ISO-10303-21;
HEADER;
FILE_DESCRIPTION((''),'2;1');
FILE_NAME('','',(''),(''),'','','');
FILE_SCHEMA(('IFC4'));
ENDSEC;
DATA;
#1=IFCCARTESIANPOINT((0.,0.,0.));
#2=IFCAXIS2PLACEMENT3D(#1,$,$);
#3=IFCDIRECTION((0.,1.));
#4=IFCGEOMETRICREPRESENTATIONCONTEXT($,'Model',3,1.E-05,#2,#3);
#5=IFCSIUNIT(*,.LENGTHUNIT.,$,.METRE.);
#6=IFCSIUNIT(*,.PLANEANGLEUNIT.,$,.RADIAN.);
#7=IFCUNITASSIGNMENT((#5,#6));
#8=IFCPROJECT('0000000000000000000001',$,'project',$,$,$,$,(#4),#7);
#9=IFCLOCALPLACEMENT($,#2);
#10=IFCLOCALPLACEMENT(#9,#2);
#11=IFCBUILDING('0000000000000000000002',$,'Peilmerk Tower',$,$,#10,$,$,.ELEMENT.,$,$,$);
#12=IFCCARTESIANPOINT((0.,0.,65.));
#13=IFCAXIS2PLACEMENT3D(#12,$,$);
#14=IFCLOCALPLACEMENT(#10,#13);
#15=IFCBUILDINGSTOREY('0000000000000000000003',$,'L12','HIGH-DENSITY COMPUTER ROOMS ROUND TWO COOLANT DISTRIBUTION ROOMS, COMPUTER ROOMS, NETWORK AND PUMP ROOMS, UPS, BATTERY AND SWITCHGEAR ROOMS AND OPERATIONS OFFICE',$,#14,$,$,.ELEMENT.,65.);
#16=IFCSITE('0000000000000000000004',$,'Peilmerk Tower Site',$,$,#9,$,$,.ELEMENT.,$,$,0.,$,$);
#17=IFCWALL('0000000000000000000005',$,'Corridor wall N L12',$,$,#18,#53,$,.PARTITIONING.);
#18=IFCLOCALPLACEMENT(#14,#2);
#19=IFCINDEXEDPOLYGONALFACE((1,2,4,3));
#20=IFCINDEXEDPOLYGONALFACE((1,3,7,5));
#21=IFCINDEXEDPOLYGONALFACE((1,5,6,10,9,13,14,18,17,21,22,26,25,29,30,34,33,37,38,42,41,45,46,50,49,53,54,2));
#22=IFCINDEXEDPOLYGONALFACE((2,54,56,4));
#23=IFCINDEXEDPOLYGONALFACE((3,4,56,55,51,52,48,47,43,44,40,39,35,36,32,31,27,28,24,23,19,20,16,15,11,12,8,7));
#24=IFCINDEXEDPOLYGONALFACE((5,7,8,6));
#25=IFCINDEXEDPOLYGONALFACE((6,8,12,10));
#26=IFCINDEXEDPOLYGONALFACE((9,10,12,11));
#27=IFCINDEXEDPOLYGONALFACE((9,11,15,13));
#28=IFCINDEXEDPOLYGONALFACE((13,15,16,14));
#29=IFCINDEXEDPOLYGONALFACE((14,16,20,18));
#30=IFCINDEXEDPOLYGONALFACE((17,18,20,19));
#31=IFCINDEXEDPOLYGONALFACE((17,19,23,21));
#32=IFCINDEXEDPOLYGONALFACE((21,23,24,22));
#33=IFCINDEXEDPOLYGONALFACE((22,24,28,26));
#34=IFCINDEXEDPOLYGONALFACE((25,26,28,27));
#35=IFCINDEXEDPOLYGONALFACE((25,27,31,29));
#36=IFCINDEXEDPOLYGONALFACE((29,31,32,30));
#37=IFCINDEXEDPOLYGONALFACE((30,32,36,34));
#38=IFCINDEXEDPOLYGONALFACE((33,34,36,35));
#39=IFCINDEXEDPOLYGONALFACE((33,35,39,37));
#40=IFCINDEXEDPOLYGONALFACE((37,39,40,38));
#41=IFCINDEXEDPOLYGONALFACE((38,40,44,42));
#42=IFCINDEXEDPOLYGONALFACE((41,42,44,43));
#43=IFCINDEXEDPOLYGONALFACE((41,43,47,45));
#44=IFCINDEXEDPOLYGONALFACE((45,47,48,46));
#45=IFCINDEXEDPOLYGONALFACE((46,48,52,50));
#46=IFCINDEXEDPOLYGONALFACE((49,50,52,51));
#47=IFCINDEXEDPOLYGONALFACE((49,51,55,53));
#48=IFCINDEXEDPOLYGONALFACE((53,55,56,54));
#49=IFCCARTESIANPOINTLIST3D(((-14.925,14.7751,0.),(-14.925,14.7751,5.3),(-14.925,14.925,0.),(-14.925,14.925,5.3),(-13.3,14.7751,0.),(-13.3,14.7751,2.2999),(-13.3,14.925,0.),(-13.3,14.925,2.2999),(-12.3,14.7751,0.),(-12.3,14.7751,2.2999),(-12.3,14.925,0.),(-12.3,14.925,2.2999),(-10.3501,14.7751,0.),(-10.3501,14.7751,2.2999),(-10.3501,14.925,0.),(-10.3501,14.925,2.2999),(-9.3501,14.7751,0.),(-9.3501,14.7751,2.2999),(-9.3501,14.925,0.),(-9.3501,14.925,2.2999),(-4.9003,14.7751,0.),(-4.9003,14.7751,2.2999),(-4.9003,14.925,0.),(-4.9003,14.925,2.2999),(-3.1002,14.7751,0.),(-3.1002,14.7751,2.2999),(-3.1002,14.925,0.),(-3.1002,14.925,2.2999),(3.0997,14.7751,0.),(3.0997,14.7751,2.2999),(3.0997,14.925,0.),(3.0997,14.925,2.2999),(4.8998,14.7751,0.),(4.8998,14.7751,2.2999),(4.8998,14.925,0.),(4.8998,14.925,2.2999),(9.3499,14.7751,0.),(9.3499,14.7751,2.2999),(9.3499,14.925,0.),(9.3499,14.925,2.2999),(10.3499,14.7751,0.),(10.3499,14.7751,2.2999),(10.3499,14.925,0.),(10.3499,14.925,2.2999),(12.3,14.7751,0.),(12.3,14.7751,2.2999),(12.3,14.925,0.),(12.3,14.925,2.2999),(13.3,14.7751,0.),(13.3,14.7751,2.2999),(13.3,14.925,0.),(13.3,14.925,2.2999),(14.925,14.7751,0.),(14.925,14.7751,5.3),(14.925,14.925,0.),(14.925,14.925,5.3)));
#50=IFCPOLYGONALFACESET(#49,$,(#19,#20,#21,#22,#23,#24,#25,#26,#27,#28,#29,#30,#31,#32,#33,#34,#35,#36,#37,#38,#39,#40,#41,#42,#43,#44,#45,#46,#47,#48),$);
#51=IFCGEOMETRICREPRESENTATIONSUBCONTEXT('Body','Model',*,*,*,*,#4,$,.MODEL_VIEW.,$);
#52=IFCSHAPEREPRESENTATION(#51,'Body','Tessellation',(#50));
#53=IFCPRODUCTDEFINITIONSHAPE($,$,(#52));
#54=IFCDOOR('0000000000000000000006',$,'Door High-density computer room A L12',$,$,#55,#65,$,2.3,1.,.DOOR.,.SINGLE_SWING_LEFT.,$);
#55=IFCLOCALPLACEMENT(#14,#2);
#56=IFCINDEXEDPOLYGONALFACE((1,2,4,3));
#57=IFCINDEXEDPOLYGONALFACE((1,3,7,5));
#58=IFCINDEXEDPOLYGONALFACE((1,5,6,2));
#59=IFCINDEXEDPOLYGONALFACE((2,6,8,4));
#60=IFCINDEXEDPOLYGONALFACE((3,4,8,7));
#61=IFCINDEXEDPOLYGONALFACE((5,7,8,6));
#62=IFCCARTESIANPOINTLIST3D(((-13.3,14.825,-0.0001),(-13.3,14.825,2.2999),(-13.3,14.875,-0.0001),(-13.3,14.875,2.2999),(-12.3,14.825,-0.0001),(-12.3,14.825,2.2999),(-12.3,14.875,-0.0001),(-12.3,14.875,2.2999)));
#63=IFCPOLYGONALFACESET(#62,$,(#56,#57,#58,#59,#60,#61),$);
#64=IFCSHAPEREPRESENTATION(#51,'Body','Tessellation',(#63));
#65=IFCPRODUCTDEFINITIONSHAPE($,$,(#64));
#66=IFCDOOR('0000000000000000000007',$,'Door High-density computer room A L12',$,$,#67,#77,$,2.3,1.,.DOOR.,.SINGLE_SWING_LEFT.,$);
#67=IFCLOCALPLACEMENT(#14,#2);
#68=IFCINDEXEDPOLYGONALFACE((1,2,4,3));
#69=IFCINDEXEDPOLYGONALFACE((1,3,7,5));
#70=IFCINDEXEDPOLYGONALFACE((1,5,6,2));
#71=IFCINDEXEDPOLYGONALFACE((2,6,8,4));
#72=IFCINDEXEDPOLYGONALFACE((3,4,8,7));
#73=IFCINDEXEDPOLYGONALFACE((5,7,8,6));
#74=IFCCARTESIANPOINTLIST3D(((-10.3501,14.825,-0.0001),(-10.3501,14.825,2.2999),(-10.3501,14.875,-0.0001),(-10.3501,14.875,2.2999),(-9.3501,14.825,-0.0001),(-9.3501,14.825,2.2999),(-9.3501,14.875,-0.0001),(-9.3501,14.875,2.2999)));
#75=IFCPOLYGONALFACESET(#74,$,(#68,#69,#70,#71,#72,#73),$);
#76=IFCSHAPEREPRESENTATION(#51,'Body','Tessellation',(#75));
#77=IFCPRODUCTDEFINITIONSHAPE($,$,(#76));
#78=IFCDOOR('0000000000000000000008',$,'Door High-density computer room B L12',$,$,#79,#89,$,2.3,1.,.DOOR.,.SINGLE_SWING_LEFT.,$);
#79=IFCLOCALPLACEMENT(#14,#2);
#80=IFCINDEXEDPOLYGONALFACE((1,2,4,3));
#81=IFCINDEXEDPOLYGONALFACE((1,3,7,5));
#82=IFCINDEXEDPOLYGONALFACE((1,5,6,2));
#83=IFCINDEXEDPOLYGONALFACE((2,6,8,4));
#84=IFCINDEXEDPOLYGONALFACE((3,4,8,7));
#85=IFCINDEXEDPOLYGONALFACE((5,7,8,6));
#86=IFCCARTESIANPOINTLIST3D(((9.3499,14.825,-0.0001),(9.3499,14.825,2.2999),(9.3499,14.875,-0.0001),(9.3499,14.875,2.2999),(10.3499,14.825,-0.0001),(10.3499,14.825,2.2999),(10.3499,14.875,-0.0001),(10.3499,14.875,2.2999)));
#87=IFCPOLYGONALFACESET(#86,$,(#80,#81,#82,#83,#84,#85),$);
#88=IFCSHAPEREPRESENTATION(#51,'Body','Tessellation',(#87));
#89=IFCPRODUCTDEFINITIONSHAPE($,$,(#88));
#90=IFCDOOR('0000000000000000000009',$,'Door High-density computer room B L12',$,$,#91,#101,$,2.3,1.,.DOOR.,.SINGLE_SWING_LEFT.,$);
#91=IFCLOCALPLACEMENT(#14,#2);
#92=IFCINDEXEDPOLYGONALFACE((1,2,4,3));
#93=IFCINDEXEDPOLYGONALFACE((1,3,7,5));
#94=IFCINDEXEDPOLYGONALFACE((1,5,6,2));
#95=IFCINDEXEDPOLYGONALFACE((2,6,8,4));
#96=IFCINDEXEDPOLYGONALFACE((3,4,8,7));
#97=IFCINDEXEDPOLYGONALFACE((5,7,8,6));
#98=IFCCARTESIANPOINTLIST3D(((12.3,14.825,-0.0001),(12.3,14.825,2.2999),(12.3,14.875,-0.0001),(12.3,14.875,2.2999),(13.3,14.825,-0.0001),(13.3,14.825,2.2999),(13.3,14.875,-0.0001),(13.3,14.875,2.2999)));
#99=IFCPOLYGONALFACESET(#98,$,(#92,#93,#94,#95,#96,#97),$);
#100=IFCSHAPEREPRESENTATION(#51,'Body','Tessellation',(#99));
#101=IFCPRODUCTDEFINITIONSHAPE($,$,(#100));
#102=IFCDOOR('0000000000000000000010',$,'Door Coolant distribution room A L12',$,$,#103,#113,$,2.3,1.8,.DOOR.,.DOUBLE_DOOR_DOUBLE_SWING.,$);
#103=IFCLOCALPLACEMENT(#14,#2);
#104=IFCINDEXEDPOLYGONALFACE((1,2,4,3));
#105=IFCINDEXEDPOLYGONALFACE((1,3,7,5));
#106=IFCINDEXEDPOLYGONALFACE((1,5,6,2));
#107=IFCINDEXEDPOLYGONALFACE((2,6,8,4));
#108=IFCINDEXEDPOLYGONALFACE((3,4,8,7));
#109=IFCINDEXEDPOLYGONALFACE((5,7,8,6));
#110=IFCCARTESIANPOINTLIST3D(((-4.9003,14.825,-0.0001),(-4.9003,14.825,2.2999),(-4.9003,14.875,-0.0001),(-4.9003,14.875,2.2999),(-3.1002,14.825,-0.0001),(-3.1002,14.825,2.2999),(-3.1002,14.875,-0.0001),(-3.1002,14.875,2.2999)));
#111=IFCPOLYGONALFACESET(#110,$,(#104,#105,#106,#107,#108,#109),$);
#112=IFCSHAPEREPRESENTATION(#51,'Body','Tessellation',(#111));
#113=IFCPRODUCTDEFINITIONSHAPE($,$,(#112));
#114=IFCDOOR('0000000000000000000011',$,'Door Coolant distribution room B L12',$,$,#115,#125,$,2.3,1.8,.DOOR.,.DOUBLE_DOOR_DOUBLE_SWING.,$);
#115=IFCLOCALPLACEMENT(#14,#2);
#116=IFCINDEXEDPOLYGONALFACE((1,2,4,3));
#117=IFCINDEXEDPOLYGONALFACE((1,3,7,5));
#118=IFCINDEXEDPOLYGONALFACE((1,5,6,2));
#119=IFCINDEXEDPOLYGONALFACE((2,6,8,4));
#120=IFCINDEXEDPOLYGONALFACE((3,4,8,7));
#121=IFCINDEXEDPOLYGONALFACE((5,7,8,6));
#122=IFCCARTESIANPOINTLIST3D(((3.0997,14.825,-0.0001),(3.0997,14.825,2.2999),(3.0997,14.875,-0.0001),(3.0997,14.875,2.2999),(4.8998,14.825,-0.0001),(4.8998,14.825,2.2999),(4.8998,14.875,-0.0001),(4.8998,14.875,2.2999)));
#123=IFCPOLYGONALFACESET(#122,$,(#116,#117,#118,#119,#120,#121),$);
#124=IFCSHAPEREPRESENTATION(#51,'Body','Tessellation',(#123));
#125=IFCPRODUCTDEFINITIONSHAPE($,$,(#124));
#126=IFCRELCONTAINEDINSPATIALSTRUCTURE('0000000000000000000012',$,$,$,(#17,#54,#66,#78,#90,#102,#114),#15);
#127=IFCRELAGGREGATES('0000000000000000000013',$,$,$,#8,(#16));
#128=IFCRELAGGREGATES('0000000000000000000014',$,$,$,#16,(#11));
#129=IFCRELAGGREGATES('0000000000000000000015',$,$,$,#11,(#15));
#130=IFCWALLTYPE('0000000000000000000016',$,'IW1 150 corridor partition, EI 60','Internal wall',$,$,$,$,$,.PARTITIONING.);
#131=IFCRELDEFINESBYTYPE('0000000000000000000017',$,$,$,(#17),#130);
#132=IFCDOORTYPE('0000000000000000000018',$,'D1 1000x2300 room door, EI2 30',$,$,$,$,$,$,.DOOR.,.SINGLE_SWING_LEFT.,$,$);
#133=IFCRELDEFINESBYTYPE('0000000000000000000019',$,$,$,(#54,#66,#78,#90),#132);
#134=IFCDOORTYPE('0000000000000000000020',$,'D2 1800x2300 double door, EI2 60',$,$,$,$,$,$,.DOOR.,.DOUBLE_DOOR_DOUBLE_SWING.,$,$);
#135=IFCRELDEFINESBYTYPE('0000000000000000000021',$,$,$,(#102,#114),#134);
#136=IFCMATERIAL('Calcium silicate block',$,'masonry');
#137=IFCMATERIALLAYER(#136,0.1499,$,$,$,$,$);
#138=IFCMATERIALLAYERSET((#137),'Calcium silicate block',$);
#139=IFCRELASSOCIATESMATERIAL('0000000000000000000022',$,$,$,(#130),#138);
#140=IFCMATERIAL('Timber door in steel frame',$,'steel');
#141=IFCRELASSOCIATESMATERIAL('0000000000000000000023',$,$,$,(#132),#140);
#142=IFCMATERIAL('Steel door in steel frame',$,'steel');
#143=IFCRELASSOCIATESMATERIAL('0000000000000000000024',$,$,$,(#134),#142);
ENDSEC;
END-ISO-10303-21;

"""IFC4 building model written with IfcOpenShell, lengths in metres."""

from ifc_helpers import new_model, si_unit, direction, frame, frame_2d, origin, place, context, subcontext, project, spatial, rectangle, extrude, material, layer, layer_set, type_object, element, fill, save


model = new_model("IFC4")

# Units and contexts
model_context = context("Model", 3, precision=1e-05, world=origin(), true_north=direction((0.0, 1.0)))
body_context = subcontext(model_context, "Body", "Model", "MODEL_VIEW")
ifc_project = project(units=[si_unit("LENGTHUNIT", "METRE"), si_unit("PLANEANGLEUNIT", "RADIAN")], contexts=[model_context])

# Site, building, storey
site_placement = place(None, origin())
site = spatial("IfcSite", under=ifc_project, at=site_placement, Name="Peilmerk Tower Site", CompositionType="ELEMENT", RefElevation=0.0)
building_placement = place(site_placement, origin())
building = spatial("IfcBuilding", under=site, at=building_placement, Name="Peilmerk Tower", CompositionType="ELEMENT")
storey_placement = place(building_placement, frame((0.0, 0.0, 65.0)))
storey = spatial("IfcBuildingStorey", under=building, at=storey_placement, Name="L12", Description="HIGH-DENSITY COMPUTER ROOMS ROUND TWO COOLANT DISTRIBUTION ROOMS, COMPUTER ROOMS, NETWORK AND PUMP ROOMS, UPS, BATTERY AND SWITCHGEAR ROOMS AND OPERATIONS OFFICE", CompositionType="ELEMENT", Elevation=65.0)

# Wall, openings, doors
ifc_material_1 = material(Name="Calcium silicate block", Category="masonry")
ifc_layer_1 = layer(ifc_material_1, 0.1499)
ifc_layer_set_1 = layer_set([ifc_layer_1], Name="Calcium silicate block")
wall_type_1 = type_object("IfcWallType", Name="IW1 150 corridor partition, EI 60", Description="Internal wall", PredefinedType="PARTITIONING", material=ifc_layer_set_1)
wall_1_placement = place(storey_placement, frame((-14.925, 14.8501, 0.0), z_axis=(0.0, 0.0, 1.0), x_axis=(1.0, 0.0, 0.0)))
wall_1 = element("IfcWall", 1, at=wall_1_placement, inside=storey, type_object=wall_type_1, Name="Corridor wall N L12", PredefinedType="PARTITIONING", context=body_context, shape_type="SweptSolid", body=[
    extrude(rectangle(XDim=29.8501, YDim=0.1499, at=frame_2d((14.925, 0.0))), origin(), (0.0, 0.0, 1.0), 5.3),
])
opening_1_placement = place(wall_1_placement, frame((1.625, 0.0, 0.0)))
opening_1 = element("IfcOpeningElement", 2, at=opening_1_placement, cuts=wall_1, PredefinedType="OPENING", context=body_context, shape_type="SweptSolid", body=[
    extrude(rectangle(XDim=1.0, YDim=2.3, at=frame_2d((0.5, 1.1499))), frame((0.0, 0.085, 0.0), z_axis=(0.0, -1.0, 0.0), x_axis=(1.0, 0.0, 0.0)), (0.0, 0.0, 1.0), 0.1699),
])
opening_2_placement = place(wall_1_placement, frame((4.575, 0.0, 0.0)))
opening_2 = element("IfcOpeningElement", 3, at=opening_2_placement, cuts=wall_1, PredefinedType="OPENING", context=body_context, shape_type="SweptSolid", body=[
    extrude(rectangle(XDim=1.0, YDim=2.3, at=frame_2d((0.5, 1.1499))), frame((0.0, 0.085, 0.0), z_axis=(0.0, -1.0, 0.0), x_axis=(1.0, 0.0, 0.0)), (0.0, 0.0, 1.0), 0.1699),
])
opening_3_placement = place(wall_1_placement, frame((10.0249, 0.0, 0.0)))
opening_3 = element("IfcOpeningElement", 4, at=opening_3_placement, cuts=wall_1, PredefinedType="OPENING", context=body_context, shape_type="SweptSolid", body=[
    extrude(rectangle(XDim=1.8, YDim=2.3, at=frame_2d((0.8999, 1.1499))), frame((0.0, 0.085, 0.0), z_axis=(0.0, -1.0, 0.0), x_axis=(1.0, 0.0, 0.0)), (0.0, 0.0, 1.0), 0.1699),
])
opening_4_placement = place(wall_1_placement, frame((18.0249, 0.0, 0.0)))
opening_4 = element("IfcOpeningElement", 5, at=opening_4_placement, cuts=wall_1, PredefinedType="OPENING", context=body_context, shape_type="SweptSolid", body=[
    extrude(rectangle(XDim=1.8, YDim=2.3, at=frame_2d((0.8999, 1.1499))), frame((0.0, 0.085, 0.0), z_axis=(0.0, -1.0, 0.0), x_axis=(1.0, 0.0, 0.0)), (0.0, 0.0, 1.0), 0.1699),
])
opening_5_placement = place(wall_1_placement, frame((24.2749, 0.0, 0.0)))
opening_5 = element("IfcOpeningElement", 6, at=opening_5_placement, cuts=wall_1, PredefinedType="OPENING", context=body_context, shape_type="SweptSolid", body=[
    extrude(rectangle(XDim=1.0, YDim=2.3, at=frame_2d((0.5, 1.1499))), frame((0.0, 0.085, 0.0), z_axis=(0.0, -1.0, 0.0), x_axis=(1.0, 0.0, 0.0)), (0.0, 0.0, 1.0), 0.1699),
])
opening_6_placement = place(wall_1_placement, frame((27.2251, 0.0, 0.0)))
opening_6 = element("IfcOpeningElement", 7, at=opening_6_placement, cuts=wall_1, PredefinedType="OPENING", context=body_context, shape_type="SweptSolid", body=[
    extrude(rectangle(XDim=1.0, YDim=2.3, at=frame_2d((0.5, 1.1499))), frame((0.0, 0.085, 0.0), z_axis=(0.0, -1.0, 0.0), x_axis=(1.0, 0.0, 0.0)), (0.0, 0.0, 1.0), 0.1699),
])
ifc_material_2 = material(Name="Timber door in steel frame", Category="steel")
door_type_1 = type_object("IfcDoorType", Name="D1 1000x2300 room door, EI2 30", OperationType="SINGLE_SWING_LEFT", PredefinedType="DOOR", material=ifc_material_2)
door_1_placement = place(opening_1_placement, origin())
door_1 = element("IfcDoor", 8, at=door_1_placement, inside=storey, type_object=door_type_1, Name="Door High-density computer room A L12", OperationType="SINGLE_SWING_LEFT", OverallHeight=2.3, OverallWidth=1.0, PredefinedType="DOOR", context=body_context, shape_type="SweptSolid", body=[
    extrude(rectangle(XDim=1.0, YDim=2.3, at=frame_2d((0.5, 1.1499))), frame((0.0, 0.0249, 0.0), z_axis=(0.0, -1.0, 0.0), x_axis=(1.0, 0.0, 0.0)), (0.0, 0.0, 1.0), 0.05),
])
fill(opening_1, door_1)
door_2_placement = place(opening_2_placement, origin())
door_2 = element("IfcDoor", 9, at=door_2_placement, inside=storey, type_object=door_type_1, Name="Door High-density computer room A L12", OperationType="SINGLE_SWING_LEFT", OverallHeight=2.3, OverallWidth=1.0, PredefinedType="DOOR", context=body_context, shape_type="SweptSolid", body=[
    extrude(rectangle(XDim=1.0, YDim=2.3, at=frame_2d((0.5, 1.1499))), frame((0.0, 0.0249, 0.0), z_axis=(0.0, -1.0, 0.0), x_axis=(1.0, 0.0, 0.0)), (0.0, 0.0, 1.0), 0.05),
])
fill(opening_2, door_2)
door_3_placement = place(opening_5_placement, origin())
door_3 = element("IfcDoor", 10, at=door_3_placement, inside=storey, type_object=door_type_1, Name="Door High-density computer room B L12", OperationType="SINGLE_SWING_LEFT", OverallHeight=2.3, OverallWidth=1.0, PredefinedType="DOOR", context=body_context, shape_type="SweptSolid", body=[
    extrude(rectangle(XDim=1.0, YDim=2.3, at=frame_2d((0.5, 1.1499))), frame((0.0, 0.0249, 0.0), z_axis=(0.0, -1.0, 0.0), x_axis=(1.0, 0.0, 0.0)), (0.0, 0.0, 1.0), 0.05),
])
fill(opening_5, door_3)
door_4_placement = place(opening_6_placement, origin())
door_4 = element("IfcDoor", 11, at=door_4_placement, inside=storey, type_object=door_type_1, Name="Door High-density computer room B L12", OperationType="SINGLE_SWING_LEFT", OverallHeight=2.3, OverallWidth=1.0, PredefinedType="DOOR", context=body_context, shape_type="SweptSolid", body=[
    extrude(rectangle(XDim=1.0, YDim=2.3, at=frame_2d((0.5, 1.1499))), frame((0.0, 0.0249, 0.0), z_axis=(0.0, -1.0, 0.0), x_axis=(1.0, 0.0, 0.0)), (0.0, 0.0, 1.0), 0.05),
])
fill(opening_6, door_4)
ifc_material_3 = material(Name="Steel door in steel frame", Category="steel")
door_type_2 = type_object("IfcDoorType", Name="D2 1800x2300 double door, EI2 60", OperationType="DOUBLE_DOOR_DOUBLE_SWING", PredefinedType="DOOR", material=ifc_material_3)
door_5_placement = place(opening_3_placement, origin())
door_5 = element("IfcDoor", 12, at=door_5_placement, inside=storey, type_object=door_type_2, Name="Door Coolant distribution room A L12", OperationType="DOUBLE_DOOR_DOUBLE_SWING", OverallHeight=2.3, OverallWidth=1.8, PredefinedType="DOOR", context=body_context, shape_type="SweptSolid", body=[
    extrude(rectangle(XDim=1.8, YDim=2.3, at=frame_2d((0.8999, 1.1499))), frame((0.0, 0.0249, 0.0), z_axis=(0.0, -1.0, 0.0), x_axis=(1.0, 0.0, 0.0)), (0.0, 0.0, 1.0), 0.05),
])
fill(opening_3, door_5)
door_6_placement = place(opening_4_placement, origin())
door_6 = element("IfcDoor", 13, at=door_6_placement, inside=storey, type_object=door_type_2, Name="Door Coolant distribution room B L12", OperationType="DOUBLE_DOOR_DOUBLE_SWING", OverallHeight=2.3, OverallWidth=1.8, PredefinedType="DOOR", context=body_context, shape_type="SweptSolid", body=[
    extrude(rectangle(XDim=1.8, YDim=2.3, at=frame_2d((0.8999, 1.1499))), frame((0.0, 0.0249, 0.0), z_axis=(0.0, -1.0, 0.0), x_axis=(1.0, 0.0, 0.0)), (0.0, 0.0, 1.0), 0.05),
])
fill(opening_4, door_6)

save(model, "model.ifc")
